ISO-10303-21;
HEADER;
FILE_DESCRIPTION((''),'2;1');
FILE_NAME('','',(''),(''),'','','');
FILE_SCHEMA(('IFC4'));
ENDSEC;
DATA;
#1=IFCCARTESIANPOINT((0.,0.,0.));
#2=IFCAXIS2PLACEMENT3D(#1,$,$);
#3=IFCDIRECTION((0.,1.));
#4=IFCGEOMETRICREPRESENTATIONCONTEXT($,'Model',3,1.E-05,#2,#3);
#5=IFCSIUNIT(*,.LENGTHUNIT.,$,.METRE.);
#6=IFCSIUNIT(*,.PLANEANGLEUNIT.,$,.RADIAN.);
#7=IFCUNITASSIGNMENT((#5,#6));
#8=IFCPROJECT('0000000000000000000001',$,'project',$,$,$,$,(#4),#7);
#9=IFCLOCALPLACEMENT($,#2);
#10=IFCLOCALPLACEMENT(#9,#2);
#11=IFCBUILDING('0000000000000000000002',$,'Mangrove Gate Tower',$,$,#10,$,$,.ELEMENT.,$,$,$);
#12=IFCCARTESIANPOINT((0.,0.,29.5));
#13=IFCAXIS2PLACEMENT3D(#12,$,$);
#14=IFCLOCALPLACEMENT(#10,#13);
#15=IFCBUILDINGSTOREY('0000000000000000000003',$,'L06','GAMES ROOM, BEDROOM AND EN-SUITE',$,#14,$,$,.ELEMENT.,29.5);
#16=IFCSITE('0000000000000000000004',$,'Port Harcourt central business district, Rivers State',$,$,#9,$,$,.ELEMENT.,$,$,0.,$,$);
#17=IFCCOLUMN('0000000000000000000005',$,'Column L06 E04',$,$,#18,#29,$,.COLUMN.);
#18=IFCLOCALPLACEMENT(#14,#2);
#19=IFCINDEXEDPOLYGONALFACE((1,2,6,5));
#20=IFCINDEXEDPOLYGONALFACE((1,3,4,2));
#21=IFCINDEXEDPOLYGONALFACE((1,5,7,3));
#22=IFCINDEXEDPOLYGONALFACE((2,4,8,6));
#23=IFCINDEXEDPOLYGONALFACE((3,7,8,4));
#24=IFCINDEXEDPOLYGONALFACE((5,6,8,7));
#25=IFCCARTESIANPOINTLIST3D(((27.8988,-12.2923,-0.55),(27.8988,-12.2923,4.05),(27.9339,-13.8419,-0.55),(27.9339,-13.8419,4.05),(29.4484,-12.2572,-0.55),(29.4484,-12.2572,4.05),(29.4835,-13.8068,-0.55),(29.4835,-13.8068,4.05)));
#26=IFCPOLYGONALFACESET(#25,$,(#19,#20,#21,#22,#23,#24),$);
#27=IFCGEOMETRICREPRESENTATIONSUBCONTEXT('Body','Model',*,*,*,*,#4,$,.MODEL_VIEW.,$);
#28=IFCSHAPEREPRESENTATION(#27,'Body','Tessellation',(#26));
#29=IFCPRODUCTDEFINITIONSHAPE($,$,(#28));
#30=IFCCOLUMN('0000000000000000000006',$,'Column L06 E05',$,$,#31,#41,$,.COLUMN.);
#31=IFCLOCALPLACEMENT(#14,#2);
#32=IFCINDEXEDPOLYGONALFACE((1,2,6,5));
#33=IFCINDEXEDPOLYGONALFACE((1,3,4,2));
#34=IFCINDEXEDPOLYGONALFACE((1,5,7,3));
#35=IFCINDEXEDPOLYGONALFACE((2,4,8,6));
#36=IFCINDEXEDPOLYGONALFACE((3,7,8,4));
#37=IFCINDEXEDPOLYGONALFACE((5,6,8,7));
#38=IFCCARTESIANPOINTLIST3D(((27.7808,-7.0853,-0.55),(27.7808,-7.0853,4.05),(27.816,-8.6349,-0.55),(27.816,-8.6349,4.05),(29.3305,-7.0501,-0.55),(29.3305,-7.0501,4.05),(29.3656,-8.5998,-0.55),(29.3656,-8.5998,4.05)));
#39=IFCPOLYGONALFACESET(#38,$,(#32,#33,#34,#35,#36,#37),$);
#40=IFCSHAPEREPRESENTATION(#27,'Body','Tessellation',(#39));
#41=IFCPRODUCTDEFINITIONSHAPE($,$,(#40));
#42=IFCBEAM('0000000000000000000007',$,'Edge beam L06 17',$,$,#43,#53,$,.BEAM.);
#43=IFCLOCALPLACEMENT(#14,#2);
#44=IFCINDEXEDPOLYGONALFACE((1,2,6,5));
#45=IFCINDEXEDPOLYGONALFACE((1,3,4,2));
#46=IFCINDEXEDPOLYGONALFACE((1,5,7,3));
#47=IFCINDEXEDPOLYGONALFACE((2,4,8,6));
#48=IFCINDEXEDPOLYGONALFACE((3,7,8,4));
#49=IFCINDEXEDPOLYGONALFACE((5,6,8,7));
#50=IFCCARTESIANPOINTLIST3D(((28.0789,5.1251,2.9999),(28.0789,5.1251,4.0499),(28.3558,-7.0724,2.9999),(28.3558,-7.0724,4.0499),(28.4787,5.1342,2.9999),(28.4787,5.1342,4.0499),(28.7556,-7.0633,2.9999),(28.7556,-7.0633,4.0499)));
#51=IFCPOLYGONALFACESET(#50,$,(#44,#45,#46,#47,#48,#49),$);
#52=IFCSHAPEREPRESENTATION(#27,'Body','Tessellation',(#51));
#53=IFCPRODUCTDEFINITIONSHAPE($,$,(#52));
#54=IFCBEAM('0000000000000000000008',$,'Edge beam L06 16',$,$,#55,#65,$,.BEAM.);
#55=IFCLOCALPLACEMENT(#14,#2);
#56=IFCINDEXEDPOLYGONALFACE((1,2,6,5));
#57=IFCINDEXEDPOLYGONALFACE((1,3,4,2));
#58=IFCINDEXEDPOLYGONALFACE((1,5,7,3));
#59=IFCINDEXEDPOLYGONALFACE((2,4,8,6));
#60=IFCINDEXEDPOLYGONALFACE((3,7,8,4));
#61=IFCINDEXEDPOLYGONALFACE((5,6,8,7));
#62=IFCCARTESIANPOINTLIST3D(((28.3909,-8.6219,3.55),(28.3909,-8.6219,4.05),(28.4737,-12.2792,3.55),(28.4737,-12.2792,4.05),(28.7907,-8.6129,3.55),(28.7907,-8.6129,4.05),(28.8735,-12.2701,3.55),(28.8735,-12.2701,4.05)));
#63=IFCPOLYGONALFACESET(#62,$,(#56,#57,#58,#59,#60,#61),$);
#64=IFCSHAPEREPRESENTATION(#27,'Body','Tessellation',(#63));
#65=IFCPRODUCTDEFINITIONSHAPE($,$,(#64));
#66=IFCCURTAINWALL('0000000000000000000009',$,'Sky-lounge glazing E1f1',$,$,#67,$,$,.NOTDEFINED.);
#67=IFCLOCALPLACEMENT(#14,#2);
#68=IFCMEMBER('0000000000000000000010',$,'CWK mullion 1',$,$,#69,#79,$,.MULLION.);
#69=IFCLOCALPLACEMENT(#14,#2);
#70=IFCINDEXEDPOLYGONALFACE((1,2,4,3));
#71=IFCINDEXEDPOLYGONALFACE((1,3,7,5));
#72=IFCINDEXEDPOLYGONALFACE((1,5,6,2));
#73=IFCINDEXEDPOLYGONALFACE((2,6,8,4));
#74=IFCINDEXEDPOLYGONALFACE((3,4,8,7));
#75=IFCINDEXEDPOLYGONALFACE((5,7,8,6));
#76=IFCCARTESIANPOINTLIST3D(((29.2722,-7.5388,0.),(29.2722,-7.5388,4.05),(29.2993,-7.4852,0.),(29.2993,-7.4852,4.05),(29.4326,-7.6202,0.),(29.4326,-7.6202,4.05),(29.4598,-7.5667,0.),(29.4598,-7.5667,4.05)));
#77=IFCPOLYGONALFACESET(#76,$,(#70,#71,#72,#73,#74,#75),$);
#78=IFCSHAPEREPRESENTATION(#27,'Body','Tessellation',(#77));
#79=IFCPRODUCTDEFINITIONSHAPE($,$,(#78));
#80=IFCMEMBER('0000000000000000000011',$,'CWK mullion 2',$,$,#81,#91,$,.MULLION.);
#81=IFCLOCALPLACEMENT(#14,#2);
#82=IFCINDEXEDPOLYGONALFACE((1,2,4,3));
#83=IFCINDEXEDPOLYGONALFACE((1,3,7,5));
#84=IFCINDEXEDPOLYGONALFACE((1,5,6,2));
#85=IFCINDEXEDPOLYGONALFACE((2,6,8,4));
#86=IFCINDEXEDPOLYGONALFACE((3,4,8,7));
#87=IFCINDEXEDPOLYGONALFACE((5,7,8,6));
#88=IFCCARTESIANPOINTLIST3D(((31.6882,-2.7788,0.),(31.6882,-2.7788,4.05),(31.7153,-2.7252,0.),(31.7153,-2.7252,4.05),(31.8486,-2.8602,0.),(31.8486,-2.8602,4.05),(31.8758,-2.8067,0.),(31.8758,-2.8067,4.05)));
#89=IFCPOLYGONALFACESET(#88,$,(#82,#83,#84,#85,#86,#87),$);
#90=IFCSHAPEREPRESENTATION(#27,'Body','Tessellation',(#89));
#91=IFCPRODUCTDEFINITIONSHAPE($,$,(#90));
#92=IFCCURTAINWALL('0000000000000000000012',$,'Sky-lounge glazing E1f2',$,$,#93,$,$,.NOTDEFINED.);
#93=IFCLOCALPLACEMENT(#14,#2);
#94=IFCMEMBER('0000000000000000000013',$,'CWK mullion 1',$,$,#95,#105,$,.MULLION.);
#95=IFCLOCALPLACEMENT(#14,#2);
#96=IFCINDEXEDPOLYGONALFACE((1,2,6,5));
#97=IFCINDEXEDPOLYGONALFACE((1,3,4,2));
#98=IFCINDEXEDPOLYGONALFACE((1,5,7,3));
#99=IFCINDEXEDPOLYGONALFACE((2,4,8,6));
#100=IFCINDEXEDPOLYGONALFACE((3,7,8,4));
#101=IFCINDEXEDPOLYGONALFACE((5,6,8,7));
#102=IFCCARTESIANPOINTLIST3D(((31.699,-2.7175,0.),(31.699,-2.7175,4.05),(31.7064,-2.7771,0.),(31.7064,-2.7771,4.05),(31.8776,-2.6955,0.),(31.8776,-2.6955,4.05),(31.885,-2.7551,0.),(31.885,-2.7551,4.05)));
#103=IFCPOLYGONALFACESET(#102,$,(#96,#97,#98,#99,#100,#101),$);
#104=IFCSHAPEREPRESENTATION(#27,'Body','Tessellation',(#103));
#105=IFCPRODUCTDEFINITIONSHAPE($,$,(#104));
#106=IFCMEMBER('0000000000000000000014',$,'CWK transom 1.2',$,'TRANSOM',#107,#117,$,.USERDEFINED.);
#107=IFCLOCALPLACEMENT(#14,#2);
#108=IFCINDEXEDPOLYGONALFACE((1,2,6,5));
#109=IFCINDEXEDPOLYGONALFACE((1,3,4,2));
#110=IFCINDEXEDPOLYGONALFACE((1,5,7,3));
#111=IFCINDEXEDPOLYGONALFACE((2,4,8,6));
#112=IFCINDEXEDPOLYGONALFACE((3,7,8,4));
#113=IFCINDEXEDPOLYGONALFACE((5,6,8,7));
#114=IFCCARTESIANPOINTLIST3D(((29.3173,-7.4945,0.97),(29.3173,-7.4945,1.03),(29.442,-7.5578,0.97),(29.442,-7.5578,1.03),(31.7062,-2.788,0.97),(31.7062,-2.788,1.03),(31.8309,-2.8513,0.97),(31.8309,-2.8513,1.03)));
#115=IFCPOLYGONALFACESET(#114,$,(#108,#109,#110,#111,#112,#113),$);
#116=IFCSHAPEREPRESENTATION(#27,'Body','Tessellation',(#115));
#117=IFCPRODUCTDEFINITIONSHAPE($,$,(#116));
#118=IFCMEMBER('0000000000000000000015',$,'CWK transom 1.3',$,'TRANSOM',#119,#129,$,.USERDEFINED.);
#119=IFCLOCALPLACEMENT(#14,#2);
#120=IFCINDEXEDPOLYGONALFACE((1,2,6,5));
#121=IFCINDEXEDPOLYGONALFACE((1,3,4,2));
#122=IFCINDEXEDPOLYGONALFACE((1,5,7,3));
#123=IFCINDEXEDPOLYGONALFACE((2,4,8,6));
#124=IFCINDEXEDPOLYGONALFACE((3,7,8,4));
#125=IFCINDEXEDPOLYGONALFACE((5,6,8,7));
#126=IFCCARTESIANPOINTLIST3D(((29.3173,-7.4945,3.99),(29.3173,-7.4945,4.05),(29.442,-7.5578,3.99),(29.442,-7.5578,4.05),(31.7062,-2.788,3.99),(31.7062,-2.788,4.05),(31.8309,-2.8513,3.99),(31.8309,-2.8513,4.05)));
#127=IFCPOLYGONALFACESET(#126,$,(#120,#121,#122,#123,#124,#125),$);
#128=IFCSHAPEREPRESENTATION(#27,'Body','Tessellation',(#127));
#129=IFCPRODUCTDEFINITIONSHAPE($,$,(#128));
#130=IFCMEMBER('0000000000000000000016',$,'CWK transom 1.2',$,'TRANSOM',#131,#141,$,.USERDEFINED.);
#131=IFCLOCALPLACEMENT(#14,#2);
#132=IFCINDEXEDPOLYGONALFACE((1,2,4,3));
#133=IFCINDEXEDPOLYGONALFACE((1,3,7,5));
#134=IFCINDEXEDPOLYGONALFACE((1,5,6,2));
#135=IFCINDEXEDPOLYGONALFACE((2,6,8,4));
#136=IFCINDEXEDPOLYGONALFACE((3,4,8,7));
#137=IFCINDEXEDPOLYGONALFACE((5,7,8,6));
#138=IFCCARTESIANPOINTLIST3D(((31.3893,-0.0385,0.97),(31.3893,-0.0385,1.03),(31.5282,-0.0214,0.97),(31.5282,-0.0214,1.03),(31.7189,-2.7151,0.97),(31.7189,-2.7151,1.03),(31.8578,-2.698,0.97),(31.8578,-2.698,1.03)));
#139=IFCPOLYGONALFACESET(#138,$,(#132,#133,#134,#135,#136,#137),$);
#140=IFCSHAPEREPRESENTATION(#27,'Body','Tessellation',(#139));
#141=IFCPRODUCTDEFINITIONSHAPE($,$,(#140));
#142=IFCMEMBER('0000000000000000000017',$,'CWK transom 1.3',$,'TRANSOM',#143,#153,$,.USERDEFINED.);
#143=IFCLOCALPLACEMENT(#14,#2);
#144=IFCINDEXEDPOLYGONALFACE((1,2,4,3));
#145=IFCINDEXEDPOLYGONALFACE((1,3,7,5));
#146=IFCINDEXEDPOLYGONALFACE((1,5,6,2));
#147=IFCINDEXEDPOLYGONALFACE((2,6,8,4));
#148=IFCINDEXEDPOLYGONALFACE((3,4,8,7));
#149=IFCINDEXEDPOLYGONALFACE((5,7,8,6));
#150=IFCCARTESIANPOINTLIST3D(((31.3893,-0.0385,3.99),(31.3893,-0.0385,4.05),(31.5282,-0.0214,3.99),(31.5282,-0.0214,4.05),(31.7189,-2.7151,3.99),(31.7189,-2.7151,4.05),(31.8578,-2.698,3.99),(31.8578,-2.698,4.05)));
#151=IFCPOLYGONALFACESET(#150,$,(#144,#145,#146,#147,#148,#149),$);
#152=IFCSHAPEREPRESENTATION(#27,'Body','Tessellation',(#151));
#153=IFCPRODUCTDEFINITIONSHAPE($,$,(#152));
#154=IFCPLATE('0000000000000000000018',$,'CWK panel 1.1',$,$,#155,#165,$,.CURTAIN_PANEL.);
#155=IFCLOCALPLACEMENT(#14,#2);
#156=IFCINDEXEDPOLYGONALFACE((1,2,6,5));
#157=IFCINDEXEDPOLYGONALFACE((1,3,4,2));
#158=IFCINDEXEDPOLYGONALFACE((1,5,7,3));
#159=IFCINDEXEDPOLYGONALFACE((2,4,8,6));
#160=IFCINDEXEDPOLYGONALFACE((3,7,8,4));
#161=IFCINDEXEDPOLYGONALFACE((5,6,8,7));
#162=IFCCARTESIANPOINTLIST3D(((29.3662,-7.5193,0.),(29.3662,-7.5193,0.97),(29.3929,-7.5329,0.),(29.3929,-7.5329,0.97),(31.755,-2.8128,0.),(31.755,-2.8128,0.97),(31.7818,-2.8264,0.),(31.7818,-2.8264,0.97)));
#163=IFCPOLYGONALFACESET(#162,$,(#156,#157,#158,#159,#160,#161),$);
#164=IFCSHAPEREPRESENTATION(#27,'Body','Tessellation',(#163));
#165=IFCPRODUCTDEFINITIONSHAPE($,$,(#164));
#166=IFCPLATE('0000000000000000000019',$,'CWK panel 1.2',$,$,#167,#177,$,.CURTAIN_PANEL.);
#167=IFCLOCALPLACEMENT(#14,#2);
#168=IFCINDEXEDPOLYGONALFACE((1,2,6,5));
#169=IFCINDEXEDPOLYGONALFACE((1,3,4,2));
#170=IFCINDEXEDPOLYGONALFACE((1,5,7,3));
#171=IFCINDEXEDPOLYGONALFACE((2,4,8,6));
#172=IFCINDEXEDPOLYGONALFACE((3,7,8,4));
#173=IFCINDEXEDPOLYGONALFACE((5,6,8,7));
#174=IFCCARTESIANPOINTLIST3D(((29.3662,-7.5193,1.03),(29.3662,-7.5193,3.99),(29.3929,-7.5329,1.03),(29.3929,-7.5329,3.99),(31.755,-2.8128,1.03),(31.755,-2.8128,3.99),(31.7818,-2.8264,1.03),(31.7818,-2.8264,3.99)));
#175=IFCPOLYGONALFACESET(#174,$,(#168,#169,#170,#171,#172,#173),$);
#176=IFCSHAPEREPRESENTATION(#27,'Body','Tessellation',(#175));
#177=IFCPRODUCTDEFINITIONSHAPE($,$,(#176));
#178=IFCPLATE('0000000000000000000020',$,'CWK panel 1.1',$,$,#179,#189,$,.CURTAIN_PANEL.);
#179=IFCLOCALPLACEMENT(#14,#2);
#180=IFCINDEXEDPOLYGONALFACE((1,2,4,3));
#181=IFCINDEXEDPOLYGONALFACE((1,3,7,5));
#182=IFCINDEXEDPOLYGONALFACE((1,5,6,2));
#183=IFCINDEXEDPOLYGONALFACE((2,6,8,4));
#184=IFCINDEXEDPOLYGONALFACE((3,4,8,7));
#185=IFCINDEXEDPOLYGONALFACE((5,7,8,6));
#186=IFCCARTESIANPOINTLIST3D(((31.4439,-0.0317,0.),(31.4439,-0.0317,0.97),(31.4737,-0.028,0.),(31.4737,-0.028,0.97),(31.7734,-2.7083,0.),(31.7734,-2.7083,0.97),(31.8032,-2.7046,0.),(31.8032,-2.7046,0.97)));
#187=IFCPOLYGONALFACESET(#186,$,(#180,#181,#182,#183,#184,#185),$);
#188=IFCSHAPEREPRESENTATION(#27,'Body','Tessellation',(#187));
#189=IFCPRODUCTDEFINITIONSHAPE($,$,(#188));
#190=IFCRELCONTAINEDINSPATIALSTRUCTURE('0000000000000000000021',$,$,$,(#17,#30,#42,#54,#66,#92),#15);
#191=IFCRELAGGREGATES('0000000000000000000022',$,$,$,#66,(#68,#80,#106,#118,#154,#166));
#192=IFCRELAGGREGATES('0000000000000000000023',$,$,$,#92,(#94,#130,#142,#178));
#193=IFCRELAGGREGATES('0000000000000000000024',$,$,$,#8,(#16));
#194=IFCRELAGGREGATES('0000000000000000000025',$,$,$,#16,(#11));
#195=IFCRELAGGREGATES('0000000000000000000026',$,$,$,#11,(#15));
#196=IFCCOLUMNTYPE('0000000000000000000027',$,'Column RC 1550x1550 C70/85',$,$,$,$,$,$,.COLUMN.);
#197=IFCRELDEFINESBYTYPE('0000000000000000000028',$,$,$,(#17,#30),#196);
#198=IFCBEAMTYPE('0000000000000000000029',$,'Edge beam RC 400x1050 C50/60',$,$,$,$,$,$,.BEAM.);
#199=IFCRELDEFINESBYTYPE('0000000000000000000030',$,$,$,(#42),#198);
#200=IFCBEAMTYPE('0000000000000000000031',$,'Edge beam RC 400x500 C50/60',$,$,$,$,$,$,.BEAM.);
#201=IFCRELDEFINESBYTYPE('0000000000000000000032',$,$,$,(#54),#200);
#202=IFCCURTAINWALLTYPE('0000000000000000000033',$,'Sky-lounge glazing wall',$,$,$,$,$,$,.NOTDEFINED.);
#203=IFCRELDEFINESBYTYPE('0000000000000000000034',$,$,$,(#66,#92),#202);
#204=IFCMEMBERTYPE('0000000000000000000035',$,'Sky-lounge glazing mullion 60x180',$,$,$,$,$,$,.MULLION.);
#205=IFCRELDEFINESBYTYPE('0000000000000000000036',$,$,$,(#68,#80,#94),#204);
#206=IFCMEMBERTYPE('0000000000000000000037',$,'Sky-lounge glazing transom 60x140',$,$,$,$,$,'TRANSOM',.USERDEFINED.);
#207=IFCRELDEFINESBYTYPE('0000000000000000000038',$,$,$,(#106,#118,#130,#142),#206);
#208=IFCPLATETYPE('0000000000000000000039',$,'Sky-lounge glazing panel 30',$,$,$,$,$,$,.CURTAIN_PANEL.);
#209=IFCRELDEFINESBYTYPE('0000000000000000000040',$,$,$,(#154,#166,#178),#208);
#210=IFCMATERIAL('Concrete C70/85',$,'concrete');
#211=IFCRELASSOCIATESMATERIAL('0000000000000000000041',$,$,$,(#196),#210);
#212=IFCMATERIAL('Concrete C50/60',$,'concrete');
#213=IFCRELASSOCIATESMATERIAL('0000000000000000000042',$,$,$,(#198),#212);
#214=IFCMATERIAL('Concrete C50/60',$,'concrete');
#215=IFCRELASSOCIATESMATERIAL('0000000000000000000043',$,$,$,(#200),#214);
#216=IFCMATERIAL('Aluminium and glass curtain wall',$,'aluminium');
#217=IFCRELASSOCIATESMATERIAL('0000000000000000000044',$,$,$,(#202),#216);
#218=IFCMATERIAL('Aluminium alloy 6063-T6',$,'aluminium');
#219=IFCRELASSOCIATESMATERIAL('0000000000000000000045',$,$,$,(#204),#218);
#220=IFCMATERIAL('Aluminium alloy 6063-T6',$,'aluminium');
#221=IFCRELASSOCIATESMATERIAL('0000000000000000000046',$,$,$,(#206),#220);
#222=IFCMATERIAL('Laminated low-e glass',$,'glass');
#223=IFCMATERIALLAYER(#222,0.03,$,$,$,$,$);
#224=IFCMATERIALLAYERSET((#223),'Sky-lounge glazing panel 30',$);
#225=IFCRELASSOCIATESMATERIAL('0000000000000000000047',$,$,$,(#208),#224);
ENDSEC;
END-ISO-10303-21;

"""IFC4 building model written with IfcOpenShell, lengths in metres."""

from ifc_helpers import new_model, si_unit, direction, frame, origin, origin_2d, place, context, subcontext, project, spatial, rectangle, extrude, material, layer, layer_set, material_profile, profile_set, type_object, element, aggregate, save


model = new_model("IFC4")

# Units and contexts
model_context = context("Model", 3, precision=1e-05, world=origin(), true_north=direction((0.0, 1.0)))
body_context = subcontext(model_context, "Body", "Model", "MODEL_VIEW")
ifc_project = project(units=[si_unit("LENGTHUNIT", "METRE"), si_unit("PLANEANGLEUNIT", "RADIAN")], contexts=[model_context])

# Site, building, storey
site_placement = place(None, origin())
site = spatial("IfcSite", under=ifc_project, at=site_placement, Name="Port Harcourt central business district, Rivers State", CompositionType="ELEMENT", RefElevation=0.0)
building_placement = place(site_placement, origin())
building = spatial("IfcBuilding", under=site, at=building_placement, Name="Mangrove Gate Tower", CompositionType="ELEMENT")
storey_placement = place(building_placement, frame((0.0, 0.0, 29.5)))
storey = spatial("IfcBuildingStorey", under=building, at=storey_placement, Name="L06", Description="GAMES ROOM, BEDROOM AND EN-SUITE", CompositionType="ELEMENT", Elevation=29.5)

# Columns
ifc_material_1 = material(Name="Concrete C70/85", Category="concrete")
ifc_material_profile_1 = material_profile(ifc_material_1, rectangle(XDim=1.55, YDim=1.55, at=origin_2d()))
ifc_profile_set_1 = profile_set([ifc_material_profile_1], Name="Concrete C70/85")
column_type = type_object("IfcColumnType", Name="Column RC 1550x1550 C70/85", PredefinedType="COLUMN", material=ifc_profile_set_1)
for number, where, z_axis, x_axis, name in (
    (1, (28.6912, -13.0496, -0.55), (0.0, 0.0, 1.0), (-0.022656, 0.999743, 0.0), "Column L06 E04"),
    (2, (28.5732, -7.8425, -0.55), (0.0, 0.0, 1.0), (-0.022681, 0.999743, 0.0), "Column L06 E05"),
):
    element("IfcColumn", number, at=place(storey_placement, frame(where, z_axis=z_axis, x_axis=x_axis)), inside=storey, type_object=column_type, Name=name, PredefinedType="COLUMN", context=body_context, shape_type="SweptSolid", body=[
        extrude(rectangle(XDim=1.55, YDim=1.55, at=origin_2d()), origin(), (0.0, 0.0, 1.0), 4.6001),
    ])

# Beams
ifc_material_2 = material(Name="Concrete C50/60", Category="concrete")
ifc_material_profile_2 = material_profile(ifc_material_2, rectangle(XDim=0.3999, YDim=1.05, at=origin_2d()))
ifc_profile_set_2 = profile_set([ifc_material_profile_2], Name="Concrete C50/60")
beam_type_1 = type_object("IfcBeamType", Name="Edge beam RC 400x1050 C50/60", PredefinedType="BEAM", material=ifc_profile_set_2)
beam_1_placement = place(storey_placement, frame((28.5557, -7.0679, 3.5249), z_axis=(-0.022692, 0.999743, 0.0), x_axis=(-0.999743, -0.022692, 0.0)))
element("IfcBeam", 3, at=beam_1_placement, inside=storey, type_object=beam_type_1, Name="Edge beam L06 17", PredefinedType="BEAM", context=body_context, shape_type="SweptSolid", body=[
    extrude(rectangle(XDim=0.3999, YDim=1.05, at=origin_2d()), origin(), (0.0, 0.0, 1.0), 12.2007),
])
ifc_material_3 = material(Name="Concrete C50/60", Category="concrete")
ifc_material_profile_3 = material_profile(ifc_material_3, rectangle(XDim=0.3999, YDim=0.5, at=origin_2d()))
ifc_profile_set_3 = profile_set([ifc_material_profile_3], Name="Concrete C50/60")
beam_type_2 = type_object("IfcBeamType", Name="Edge beam RC 400x500 C50/60", PredefinedType="BEAM", material=ifc_profile_set_3)
beam_2_placement = place(storey_placement, frame((28.6736, -12.2747, 3.8), z_axis=(-0.022624, 0.999744, 0.0), x_axis=(-0.999744, -0.022624, 0.0)))
element("IfcBeam", 4, at=beam_2_placement, inside=storey, type_object=beam_type_2, Name="Edge beam L06 16", PredefinedType="BEAM", context=body_context, shape_type="SweptSolid", body=[
    extrude(rectangle(XDim=0.3999, YDim=0.5, at=origin_2d()), origin(), (0.0, 0.0, 1.0), 3.6582),
])

# Curtain wall, members
ifc_material_4 = material(Name="Aluminium and glass curtain wall", Category="aluminium")
curtain_wall_type = type_object("IfcCurtainWallType", Name="Sky-lounge glazing wall", PredefinedType="NOTDEFINED", material=ifc_material_4)
curtain_wall_1_placement = place(storey_placement, origin())
curtain_wall_1 = element("IfcCurtainWall", 5, at=curtain_wall_1_placement, inside=storey, type_object=curtain_wall_type, Name="Sky-lounge glazing E1f1", PredefinedType="NOTDEFINED")
ifc_material_5 = material(Name="Aluminium alloy 6063-T6", Category="aluminium")
ifc_material_profile_4 = material_profile(ifc_material_5, rectangle(XDim=0.0601, YDim=0.1799, at=origin_2d()))
ifc_profile_set_4 = profile_set([ifc_material_profile_4], Name="Aluminium alloy 6063-T6")
member_type_1 = type_object("IfcMemberType", Name="Sky-lounge glazing mullion 60x180", PredefinedType="MULLION", material=ifc_profile_set_4)
member_1_placement = place(storey_placement, frame((29.366, -7.5527, 0.0), z_axis=(0.0, 0.0, 1.0), x_axis=(0.4526, 0.891714, 0.0)))
member_1 = element("IfcMember", 6, at=member_1_placement, type_object=member_type_1, Name="CWK mullion 1", PredefinedType="MULLION", context=body_context, shape_type="SweptSolid", body=[
    extrude(rectangle(XDim=0.0601, YDim=0.1799, at=origin_2d()), origin(), (0.0, 0.0, 1.0), 4.05),
])
member_2_placement = place(storey_placement, frame((31.782, -2.7927, 0.0), z_axis=(0.0, 0.0, 1.0), x_axis=(0.4526, 0.891714, 0.0)))
member_2 = element("IfcMember", 7, at=member_2_placement, type_object=member_type_1, Name="CWK mullion 2", PredefinedType="MULLION", context=body_context, shape_type="SweptSolid", body=[
    extrude(rectangle(XDim=0.0601, YDim=0.1799, at=origin_2d()), origin(), (0.0, 0.0, 1.0), 4.05),
])

# Curtain wall, member
curtain_wall_2_placement = place(storey_placement, origin())
curtain_wall_2 = element("IfcCurtainWall", 8, at=curtain_wall_2_placement, inside=storey, type_object=curtain_wall_type, Name="Sky-lounge glazing E1f2", PredefinedType="NOTDEFINED")
member_3_placement = place(storey_placement, frame((31.792, -2.7363, 0.0), z_axis=(0.0, 0.0, 1.0), x_axis=(-0.122172, 0.992509, 0.0)))
member_3 = element("IfcMember", 9, at=member_3_placement, type_object=member_type_1, Name="CWK mullion 1", PredefinedType="MULLION", context=body_context, shape_type="SweptSolid", body=[
    extrude(rectangle(XDim=0.0601, YDim=0.1799, at=origin_2d()), origin(), (0.0, 0.0, 1.0), 4.05),
])

# Members
ifc_material_6 = material(Name="Aluminium alloy 6063-T6", Category="aluminium")
ifc_material_profile_5 = material_profile(ifc_material_6, rectangle(XDim=0.0601, YDim=0.1399, at=origin_2d()))
ifc_profile_set_5 = profile_set([ifc_material_profile_5], Name="Aluminium alloy 6063-T6")
member_type_2 = type_object("IfcMemberType", Name="Sky-lounge glazing transom 60x140", ElementType="TRANSOM", PredefinedType="USERDEFINED", material=ifc_profile_set_5)
member_4_placement = place(storey_placement, frame((29.3796, -7.5261, 1.0), z_axis=(0.452608, 0.89171, 0.0), x_axis=(0.0, 0.0, 1.0)))
member_4 = element("IfcMember", 10, at=member_4_placement, type_object=member_type_2, Name="CWK transom 1.2", ObjectType="TRANSOM", PredefinedType="USERDEFINED", context=body_context, shape_type="SweptSolid", body=[
    extrude(rectangle(XDim=0.0601, YDim=0.1399, at=origin_2d()), origin(), (0.0, 0.0, 1.0), 5.2781),
])
member_5_placement = place(storey_placement, frame((29.3796, -7.5261, 4.02), z_axis=(0.452608, 0.89171, 0.0), x_axis=(0.0, 0.0, 1.0)))
member_5 = element("IfcMember", 11, at=member_5_placement, type_object=member_type_2, Name="CWK transom 1.3", ObjectType="TRANSOM", PredefinedType="USERDEFINED", context=body_context, shape_type="SweptSolid", body=[
    extrude(rectangle(XDim=0.0601, YDim=0.1399, at=origin_2d()), origin(), (0.0, 0.0, 1.0), 5.2781),
])
member_6_placement = place(storey_placement, frame((31.7883, -2.7065, 1.0), z_axis=(-0.122218, 0.992503, 0.0), x_axis=(0.0, 0.0, 1.0)))
member_6 = element("IfcMember", 12, at=member_6_placement, type_object=member_type_2, Name="CWK transom 1.2", ObjectType="TRANSOM", PredefinedType="USERDEFINED", context=body_context, shape_type="SweptSolid", body=[
    extrude(rectangle(XDim=0.0601, YDim=0.1399, at=origin_2d()), origin(), (0.0, 0.0, 1.0), 2.6968),
])
member_7_placement = place(storey_placement, frame((31.7883, -2.7065, 4.02), z_axis=(-0.122218, 0.992503, 0.0), x_axis=(0.0, 0.0, 1.0)))
member_7 = element("IfcMember", 13, at=member_7_placement, type_object=member_type_2, Name="CWK transom 1.3", ObjectType="TRANSOM", PredefinedType="USERDEFINED", context=body_context, shape_type="SweptSolid", body=[
    extrude(rectangle(XDim=0.0601, YDim=0.1399, at=origin_2d()), origin(), (0.0, 0.0, 1.0), 2.6968),
])

# Plates
ifc_material_7 = material(Name="Laminated low-e glass", Category="glass")
ifc_layer_1 = layer(ifc_material_7, 0.03)
ifc_layer_set_1 = layer_set([ifc_layer_1], Name="Sky-lounge glazing panel 30")
plate_type = type_object("IfcPlateType", Name="Sky-lounge glazing panel 30", PredefinedType="CURTAIN_PANEL", material=ifc_layer_set_1)
plate_1_placement = place(storey_placement, frame((30.574, -5.1729, 0.0), z_axis=(0.0, 0.0, 1.0), x_axis=(0.4526, 0.891714, 0.0)))
plate_1 = element("IfcPlate", 14, at=plate_1_placement, type_object=plate_type, Name="CWK panel 1.1", PredefinedType="CURTAIN_PANEL", context=body_context, shape_type="SweptSolid", body=[
    extrude(rectangle(XDim=5.2781, YDim=0.03, at=origin_2d()), origin(), (0.0, 0.0, 1.0), 0.97),
])
plate_2_placement = place(storey_placement, frame((30.574, -5.1729, 1.03), z_axis=(0.0, 0.0, 1.0), x_axis=(0.4526, 0.891714, 0.0)))
plate_2 = element("IfcPlate", 15, at=plate_2_placement, type_object=plate_type, Name="CWK panel 1.2", PredefinedType="CURTAIN_PANEL", context=body_context, shape_type="SweptSolid", body=[
    extrude(rectangle(XDim=5.2781, YDim=0.03, at=origin_2d()), origin(), (0.0, 0.0, 1.0), 2.96),
])
aggregate(curtain_wall_1, [member_1, member_2, member_4, member_5, plate_1, plate_2])
plate_3_placement = place(storey_placement, frame((31.6235, -1.3682, 0.0), z_axis=(0.0, 0.0, 1.0), x_axis=(-0.122172, 0.992509, 0.0)))
plate_3 = element("IfcPlate", 16, at=plate_3_placement, type_object=plate_type, Name="CWK panel 1.1", PredefinedType="CURTAIN_PANEL", context=body_context, shape_type="SweptSolid", body=[
    extrude(rectangle(XDim=2.6968, YDim=0.03, at=origin_2d()), origin(), (0.0, 0.0, 1.0), 0.97),
])
aggregate(curtain_wall_2, [member_3, member_6, member_7, plate_3])

save(model, "model.ifc")
